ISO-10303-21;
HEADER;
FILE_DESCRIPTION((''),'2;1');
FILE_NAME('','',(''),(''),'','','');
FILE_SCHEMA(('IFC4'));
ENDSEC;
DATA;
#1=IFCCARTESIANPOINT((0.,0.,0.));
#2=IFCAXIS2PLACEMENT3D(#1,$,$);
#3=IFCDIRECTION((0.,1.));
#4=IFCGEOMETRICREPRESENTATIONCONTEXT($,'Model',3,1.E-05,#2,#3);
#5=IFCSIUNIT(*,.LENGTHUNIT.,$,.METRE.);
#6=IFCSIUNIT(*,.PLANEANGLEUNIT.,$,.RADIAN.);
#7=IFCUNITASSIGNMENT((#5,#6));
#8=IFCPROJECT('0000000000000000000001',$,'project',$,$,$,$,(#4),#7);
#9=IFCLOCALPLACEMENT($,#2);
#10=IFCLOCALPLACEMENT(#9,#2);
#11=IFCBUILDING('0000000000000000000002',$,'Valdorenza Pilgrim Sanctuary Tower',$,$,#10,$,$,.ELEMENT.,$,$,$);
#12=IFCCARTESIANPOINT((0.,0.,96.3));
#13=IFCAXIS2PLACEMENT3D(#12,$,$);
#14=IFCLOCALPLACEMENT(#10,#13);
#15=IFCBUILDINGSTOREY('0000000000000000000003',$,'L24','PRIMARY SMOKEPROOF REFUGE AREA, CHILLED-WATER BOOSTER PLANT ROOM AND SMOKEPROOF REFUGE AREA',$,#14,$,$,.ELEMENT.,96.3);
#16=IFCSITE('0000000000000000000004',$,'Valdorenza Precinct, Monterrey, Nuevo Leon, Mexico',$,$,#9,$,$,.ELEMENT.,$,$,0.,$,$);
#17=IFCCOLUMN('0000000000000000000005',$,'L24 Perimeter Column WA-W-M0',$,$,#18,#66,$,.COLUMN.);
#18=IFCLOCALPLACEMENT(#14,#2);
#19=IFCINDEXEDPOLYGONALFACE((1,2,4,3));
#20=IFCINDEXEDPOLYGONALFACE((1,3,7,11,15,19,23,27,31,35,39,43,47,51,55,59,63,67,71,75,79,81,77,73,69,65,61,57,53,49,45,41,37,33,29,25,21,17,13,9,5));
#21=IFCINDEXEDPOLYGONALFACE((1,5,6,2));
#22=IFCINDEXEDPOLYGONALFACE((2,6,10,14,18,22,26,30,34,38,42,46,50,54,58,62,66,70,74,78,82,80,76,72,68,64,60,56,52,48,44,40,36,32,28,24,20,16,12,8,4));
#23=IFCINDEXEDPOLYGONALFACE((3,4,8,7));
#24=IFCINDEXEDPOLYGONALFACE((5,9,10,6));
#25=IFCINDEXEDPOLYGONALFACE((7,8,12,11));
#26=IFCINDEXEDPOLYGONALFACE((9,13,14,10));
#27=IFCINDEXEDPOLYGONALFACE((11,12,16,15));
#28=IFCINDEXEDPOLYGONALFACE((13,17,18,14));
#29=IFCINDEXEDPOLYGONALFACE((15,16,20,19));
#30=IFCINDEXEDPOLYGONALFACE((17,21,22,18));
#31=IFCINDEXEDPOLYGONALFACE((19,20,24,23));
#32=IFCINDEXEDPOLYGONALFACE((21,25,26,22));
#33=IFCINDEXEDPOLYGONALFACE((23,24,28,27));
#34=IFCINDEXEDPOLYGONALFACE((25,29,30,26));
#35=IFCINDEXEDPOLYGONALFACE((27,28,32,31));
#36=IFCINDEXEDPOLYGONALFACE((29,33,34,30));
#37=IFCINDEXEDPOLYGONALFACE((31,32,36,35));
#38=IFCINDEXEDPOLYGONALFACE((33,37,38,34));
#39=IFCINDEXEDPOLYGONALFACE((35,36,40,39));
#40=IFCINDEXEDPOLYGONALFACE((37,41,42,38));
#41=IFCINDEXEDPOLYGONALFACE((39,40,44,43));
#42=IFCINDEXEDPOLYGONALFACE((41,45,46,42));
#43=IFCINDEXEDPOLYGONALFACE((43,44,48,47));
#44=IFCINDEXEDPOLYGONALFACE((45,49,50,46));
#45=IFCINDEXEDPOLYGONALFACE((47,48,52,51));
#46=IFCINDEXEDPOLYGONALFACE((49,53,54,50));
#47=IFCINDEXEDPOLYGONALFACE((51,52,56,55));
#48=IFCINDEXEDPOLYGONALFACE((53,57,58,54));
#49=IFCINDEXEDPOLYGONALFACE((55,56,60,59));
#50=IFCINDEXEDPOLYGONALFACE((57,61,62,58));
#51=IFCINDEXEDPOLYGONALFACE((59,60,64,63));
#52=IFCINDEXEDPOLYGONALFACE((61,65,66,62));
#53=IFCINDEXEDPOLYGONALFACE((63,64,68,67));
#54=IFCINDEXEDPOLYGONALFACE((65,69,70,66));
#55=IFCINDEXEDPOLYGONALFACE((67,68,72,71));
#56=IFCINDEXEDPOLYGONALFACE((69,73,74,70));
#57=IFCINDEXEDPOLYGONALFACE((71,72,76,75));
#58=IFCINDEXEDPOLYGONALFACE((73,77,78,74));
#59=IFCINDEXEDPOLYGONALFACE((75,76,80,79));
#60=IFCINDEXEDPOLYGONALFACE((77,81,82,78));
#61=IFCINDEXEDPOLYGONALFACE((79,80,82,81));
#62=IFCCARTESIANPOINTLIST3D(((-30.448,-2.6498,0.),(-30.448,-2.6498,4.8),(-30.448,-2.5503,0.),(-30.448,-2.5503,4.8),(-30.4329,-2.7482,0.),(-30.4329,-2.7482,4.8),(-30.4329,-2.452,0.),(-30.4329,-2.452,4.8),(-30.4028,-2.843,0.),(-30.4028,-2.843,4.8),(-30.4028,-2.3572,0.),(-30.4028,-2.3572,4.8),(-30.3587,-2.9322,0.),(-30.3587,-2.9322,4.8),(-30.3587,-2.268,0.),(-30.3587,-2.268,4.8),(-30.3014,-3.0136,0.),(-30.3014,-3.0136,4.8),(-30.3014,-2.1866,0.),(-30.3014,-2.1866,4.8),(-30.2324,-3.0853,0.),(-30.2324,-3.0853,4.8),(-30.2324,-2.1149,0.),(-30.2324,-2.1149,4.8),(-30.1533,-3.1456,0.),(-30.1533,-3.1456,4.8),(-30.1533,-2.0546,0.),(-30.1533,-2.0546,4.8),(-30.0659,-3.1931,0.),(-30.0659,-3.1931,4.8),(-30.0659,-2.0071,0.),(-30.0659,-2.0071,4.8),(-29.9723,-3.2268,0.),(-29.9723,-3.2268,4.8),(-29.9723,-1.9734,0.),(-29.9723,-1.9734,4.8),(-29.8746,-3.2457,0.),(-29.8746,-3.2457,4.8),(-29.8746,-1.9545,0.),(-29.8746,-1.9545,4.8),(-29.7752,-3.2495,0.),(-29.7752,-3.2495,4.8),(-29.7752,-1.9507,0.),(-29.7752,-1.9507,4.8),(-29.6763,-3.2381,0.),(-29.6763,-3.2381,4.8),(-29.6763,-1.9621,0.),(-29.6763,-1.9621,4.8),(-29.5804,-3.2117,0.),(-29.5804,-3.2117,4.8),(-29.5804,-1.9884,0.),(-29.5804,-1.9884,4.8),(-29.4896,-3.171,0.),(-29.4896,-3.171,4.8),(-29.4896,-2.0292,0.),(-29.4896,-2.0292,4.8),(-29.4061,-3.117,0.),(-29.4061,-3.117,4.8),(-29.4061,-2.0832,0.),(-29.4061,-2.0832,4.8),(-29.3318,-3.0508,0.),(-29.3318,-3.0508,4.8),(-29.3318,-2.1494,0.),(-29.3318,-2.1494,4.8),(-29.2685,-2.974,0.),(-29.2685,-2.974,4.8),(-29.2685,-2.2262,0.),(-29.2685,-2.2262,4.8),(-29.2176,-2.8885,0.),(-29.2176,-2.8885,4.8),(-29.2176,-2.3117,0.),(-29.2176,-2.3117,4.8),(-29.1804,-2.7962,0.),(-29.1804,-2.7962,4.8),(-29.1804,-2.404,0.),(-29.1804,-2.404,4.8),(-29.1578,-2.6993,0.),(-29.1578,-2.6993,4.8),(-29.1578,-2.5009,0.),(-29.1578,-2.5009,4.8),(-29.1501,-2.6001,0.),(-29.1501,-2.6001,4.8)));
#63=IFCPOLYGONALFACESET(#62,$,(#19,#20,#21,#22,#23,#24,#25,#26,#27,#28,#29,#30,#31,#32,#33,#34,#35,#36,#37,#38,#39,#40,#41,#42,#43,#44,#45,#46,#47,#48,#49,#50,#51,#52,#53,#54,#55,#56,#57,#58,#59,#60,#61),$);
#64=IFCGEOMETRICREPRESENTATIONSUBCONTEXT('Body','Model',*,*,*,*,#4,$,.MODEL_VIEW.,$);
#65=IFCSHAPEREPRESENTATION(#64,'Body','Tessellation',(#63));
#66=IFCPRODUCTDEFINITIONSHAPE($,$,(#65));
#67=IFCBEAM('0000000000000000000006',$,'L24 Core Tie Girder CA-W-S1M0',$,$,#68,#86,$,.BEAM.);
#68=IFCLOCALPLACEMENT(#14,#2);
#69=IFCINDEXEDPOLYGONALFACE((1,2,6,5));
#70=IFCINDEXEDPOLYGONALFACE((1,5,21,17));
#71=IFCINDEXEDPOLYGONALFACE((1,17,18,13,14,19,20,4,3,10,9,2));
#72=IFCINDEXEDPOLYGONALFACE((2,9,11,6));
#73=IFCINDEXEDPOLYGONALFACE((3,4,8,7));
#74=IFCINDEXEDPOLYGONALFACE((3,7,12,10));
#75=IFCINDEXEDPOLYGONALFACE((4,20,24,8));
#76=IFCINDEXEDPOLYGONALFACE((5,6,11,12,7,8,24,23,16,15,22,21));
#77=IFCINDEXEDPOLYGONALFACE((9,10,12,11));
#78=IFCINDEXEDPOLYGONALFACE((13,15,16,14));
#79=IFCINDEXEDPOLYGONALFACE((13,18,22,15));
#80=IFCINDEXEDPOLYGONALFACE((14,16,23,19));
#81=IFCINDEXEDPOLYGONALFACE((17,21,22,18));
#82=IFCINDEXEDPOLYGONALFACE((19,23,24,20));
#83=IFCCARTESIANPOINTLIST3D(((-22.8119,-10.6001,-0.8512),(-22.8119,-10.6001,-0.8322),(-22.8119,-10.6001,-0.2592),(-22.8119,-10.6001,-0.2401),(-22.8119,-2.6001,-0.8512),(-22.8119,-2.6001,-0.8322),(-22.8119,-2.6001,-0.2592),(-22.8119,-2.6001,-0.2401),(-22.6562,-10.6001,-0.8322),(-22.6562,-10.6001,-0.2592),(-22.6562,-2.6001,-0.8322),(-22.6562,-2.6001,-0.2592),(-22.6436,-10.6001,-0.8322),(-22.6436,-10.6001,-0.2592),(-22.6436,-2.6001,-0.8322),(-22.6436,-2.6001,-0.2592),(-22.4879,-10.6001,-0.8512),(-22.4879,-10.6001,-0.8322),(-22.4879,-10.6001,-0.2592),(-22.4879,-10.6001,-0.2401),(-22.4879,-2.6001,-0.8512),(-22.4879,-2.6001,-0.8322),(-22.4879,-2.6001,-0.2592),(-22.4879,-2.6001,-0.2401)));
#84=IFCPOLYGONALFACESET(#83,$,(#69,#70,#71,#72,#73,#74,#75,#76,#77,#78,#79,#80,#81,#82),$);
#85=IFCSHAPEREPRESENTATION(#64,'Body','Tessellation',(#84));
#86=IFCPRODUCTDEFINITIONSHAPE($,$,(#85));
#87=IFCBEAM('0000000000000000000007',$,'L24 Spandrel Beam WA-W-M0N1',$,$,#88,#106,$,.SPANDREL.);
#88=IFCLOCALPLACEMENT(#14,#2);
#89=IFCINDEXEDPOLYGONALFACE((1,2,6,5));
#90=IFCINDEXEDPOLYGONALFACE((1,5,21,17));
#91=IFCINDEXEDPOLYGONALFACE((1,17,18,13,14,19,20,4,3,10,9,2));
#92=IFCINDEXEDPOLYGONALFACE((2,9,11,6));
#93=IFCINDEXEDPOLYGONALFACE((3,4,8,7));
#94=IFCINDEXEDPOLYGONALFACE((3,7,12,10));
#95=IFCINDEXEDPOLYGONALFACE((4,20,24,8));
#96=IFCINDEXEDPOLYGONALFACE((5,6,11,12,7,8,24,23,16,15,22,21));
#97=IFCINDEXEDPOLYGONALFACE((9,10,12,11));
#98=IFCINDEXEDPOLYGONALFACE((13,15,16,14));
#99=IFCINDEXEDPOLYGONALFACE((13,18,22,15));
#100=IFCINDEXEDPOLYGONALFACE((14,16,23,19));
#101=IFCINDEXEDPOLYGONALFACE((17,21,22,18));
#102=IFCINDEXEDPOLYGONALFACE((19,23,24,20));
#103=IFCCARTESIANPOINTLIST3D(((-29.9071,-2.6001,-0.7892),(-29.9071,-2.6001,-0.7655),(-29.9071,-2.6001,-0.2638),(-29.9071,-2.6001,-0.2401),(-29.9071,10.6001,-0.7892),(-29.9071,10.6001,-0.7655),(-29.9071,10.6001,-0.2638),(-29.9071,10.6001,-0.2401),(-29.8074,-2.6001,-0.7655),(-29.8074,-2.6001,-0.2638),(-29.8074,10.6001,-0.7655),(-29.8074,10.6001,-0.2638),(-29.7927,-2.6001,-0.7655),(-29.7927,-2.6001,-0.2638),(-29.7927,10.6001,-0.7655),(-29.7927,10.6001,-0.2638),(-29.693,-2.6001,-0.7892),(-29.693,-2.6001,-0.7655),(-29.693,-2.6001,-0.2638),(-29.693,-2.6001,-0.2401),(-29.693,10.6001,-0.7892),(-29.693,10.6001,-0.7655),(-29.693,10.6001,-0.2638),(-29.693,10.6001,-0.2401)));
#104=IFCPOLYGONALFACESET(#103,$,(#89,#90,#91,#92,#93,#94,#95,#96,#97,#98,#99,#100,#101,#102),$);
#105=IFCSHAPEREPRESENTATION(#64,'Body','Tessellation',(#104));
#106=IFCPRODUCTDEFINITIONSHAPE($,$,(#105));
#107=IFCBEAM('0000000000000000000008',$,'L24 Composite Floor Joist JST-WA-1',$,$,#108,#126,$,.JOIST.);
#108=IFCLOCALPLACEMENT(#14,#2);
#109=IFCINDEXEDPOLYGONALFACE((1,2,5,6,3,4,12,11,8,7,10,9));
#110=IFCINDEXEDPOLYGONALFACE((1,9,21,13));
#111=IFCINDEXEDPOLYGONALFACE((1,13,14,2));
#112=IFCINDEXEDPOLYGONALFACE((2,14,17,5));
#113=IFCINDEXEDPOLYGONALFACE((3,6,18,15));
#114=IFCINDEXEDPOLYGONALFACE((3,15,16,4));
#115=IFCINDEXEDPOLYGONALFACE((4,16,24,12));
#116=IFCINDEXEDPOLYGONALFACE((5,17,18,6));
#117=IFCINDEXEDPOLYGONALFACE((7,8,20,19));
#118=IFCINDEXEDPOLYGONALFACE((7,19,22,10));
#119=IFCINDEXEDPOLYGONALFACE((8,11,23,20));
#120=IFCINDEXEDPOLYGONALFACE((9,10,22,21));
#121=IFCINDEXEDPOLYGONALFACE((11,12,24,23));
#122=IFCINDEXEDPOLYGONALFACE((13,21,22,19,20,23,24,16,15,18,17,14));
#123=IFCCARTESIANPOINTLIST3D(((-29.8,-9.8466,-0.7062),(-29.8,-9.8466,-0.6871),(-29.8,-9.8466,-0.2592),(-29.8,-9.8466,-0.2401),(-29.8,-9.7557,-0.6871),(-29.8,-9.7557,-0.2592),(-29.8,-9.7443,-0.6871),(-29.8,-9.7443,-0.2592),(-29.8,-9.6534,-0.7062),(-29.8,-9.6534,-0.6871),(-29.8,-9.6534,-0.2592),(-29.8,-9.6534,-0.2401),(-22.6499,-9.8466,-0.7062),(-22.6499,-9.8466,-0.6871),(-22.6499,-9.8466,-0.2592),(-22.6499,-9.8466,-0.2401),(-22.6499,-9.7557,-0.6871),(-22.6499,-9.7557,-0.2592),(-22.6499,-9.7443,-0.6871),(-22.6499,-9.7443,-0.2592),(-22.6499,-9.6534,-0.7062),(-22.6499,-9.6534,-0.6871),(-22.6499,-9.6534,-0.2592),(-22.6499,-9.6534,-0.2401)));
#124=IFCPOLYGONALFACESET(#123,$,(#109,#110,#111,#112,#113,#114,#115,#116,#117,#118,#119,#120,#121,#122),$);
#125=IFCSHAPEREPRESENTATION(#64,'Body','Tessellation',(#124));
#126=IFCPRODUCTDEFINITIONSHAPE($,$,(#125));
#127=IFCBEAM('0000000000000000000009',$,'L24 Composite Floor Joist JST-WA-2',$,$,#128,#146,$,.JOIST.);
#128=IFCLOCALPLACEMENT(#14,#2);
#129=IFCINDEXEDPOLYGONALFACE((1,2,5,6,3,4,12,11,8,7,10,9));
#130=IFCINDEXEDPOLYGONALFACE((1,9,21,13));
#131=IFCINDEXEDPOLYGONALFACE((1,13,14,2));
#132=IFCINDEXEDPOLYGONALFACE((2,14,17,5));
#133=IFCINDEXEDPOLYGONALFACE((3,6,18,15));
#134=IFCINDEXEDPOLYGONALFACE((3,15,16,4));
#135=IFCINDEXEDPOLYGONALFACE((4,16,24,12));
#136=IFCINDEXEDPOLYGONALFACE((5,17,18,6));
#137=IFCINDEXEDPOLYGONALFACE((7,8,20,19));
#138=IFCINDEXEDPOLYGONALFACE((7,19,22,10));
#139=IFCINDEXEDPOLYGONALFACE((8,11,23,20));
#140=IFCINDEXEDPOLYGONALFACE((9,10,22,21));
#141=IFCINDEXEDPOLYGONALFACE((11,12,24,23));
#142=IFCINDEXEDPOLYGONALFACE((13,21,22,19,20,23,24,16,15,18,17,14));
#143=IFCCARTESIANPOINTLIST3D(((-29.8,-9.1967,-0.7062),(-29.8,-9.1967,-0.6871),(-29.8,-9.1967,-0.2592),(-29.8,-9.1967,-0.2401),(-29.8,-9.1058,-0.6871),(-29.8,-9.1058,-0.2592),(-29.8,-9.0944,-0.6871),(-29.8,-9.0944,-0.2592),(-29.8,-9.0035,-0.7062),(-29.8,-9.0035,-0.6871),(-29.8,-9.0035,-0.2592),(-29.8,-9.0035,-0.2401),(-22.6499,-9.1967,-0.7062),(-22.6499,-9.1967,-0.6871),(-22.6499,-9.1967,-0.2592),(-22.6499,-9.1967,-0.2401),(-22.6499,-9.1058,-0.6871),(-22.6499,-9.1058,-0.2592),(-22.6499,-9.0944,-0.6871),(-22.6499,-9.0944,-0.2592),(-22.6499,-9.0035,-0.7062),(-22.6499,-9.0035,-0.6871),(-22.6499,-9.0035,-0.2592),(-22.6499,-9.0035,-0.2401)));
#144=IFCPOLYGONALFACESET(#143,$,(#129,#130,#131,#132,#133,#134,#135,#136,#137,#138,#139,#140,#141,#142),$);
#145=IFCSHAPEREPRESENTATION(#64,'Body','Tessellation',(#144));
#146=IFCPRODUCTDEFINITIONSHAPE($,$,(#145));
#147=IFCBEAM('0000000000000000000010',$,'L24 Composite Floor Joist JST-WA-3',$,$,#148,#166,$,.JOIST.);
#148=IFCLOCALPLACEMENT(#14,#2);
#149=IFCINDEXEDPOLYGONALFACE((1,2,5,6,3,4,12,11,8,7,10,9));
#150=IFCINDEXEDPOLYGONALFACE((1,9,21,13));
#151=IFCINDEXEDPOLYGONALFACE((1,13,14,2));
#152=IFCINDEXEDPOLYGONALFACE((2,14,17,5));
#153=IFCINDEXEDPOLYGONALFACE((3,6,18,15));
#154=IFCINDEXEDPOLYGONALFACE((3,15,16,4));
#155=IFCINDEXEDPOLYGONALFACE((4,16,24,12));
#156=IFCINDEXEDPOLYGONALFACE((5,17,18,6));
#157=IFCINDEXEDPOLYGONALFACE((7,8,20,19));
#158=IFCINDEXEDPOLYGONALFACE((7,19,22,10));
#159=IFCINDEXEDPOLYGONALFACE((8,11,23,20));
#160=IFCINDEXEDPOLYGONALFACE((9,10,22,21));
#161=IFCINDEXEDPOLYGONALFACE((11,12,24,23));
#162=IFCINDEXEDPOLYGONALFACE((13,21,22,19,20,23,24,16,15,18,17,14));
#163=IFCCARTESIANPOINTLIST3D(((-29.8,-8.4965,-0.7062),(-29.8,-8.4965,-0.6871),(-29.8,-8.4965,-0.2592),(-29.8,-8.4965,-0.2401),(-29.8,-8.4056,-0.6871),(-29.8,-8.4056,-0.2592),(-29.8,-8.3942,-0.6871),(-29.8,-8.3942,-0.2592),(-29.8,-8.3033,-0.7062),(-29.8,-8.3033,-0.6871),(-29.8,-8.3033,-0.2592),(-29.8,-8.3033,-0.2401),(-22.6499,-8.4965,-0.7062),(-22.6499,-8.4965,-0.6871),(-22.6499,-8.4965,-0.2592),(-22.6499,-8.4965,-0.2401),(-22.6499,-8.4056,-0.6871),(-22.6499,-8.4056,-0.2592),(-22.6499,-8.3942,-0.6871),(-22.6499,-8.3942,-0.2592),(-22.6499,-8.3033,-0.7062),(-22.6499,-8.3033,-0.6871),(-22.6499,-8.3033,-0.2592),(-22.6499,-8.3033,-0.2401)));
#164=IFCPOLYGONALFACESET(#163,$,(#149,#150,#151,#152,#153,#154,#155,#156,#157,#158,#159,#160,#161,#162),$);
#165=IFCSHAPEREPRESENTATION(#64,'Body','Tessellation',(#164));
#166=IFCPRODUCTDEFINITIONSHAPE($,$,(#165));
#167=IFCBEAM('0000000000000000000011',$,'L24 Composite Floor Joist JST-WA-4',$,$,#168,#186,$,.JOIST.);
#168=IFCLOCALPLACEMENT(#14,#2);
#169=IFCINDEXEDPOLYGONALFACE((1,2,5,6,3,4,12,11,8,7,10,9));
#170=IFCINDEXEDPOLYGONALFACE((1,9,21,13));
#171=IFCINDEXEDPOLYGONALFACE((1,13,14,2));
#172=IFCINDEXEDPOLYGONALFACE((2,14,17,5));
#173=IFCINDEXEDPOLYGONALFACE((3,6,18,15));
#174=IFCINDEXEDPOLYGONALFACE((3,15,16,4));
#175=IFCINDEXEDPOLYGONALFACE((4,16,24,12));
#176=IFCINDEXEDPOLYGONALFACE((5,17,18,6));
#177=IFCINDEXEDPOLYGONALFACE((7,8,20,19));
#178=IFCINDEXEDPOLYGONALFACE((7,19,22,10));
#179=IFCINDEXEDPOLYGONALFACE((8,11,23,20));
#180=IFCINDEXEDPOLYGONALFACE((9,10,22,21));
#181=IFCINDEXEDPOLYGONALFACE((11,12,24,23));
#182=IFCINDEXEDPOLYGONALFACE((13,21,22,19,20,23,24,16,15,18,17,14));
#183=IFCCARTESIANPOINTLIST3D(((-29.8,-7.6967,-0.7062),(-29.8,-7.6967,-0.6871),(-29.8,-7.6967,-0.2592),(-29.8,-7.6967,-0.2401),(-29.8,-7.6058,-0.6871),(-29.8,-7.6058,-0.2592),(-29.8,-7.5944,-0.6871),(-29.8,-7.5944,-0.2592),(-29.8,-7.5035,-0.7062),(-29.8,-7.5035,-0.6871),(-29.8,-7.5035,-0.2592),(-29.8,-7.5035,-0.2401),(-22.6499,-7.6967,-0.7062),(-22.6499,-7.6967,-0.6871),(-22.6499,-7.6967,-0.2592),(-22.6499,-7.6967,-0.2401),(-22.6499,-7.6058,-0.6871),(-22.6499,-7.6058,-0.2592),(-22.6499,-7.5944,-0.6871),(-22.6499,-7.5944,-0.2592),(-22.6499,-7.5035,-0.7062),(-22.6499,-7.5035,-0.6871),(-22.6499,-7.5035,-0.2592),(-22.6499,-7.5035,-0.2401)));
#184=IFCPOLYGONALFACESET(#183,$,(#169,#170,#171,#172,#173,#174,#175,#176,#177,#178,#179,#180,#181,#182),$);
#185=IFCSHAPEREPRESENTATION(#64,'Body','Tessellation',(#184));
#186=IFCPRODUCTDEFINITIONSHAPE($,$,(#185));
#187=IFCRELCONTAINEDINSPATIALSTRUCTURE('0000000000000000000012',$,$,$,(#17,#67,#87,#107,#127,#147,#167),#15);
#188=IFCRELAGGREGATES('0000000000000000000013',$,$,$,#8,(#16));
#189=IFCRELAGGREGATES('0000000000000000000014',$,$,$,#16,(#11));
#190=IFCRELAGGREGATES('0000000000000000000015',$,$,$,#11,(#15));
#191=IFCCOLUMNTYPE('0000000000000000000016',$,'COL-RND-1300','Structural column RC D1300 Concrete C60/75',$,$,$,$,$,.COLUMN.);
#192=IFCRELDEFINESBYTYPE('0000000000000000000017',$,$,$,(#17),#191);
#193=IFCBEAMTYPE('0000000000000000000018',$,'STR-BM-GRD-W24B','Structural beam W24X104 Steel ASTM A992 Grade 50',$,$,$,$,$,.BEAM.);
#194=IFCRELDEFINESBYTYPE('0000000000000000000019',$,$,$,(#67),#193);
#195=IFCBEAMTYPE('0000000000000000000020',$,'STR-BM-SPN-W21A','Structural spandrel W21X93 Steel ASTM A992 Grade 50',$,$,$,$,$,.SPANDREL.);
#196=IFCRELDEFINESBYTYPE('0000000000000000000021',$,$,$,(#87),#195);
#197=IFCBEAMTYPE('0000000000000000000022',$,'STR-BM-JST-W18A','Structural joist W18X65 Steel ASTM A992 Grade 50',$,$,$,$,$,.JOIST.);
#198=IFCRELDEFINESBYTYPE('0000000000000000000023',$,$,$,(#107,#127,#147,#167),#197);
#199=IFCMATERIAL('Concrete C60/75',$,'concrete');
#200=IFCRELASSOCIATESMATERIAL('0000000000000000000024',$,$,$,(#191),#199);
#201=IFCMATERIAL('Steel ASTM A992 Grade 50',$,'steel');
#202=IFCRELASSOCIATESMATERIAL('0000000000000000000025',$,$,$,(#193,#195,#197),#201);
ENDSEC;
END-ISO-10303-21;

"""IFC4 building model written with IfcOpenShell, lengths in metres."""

from ifc_helpers import new_model, si_unit, direction, frame, origin, origin_2d, place, context, subcontext, project, spatial, circle, i_section, extrude, source, transform, mapped, material, material_profile, profile_set, type_object, element, save


model = new_model("IFC4")

# Units and contexts
model_context = context("Model", 3, precision=1e-05, world=origin(), true_north=direction((0.0, 1.0)))
body_context = subcontext(model_context, "Body", "Model", "MODEL_VIEW")
ifc_project = project(units=[si_unit("LENGTHUNIT", "METRE"), si_unit("PLANEANGLEUNIT", "RADIAN")], contexts=[model_context])

# Site, building, storey
site_placement = place(None, origin())
site = spatial("IfcSite", under=ifc_project, at=site_placement, Name="Valdorenza Precinct, Monterrey, Nuevo Leon, Mexico", CompositionType="ELEMENT", RefElevation=0.0)
building_placement = place(site_placement, origin())
building = spatial("IfcBuilding", under=site, at=building_placement, Name="Valdorenza Pilgrim Sanctuary Tower", CompositionType="ELEMENT")
storey_placement = place(building_placement, frame((0.0, 0.0, 96.3)))
storey = spatial("IfcBuildingStorey", under=building, at=storey_placement, Name="L24", Description="PRIMARY SMOKEPROOF REFUGE AREA, CHILLED-WATER BOOSTER PLANT ROOM AND SMOKEPROOF REFUGE AREA", CompositionType="ELEMENT", Elevation=96.3)

# Column
ifc_material_1 = material(Name="Concrete C60/75", Category="concrete")
ifc_material_profile_1 = material_profile(ifc_material_1, circle(Radius=0.6499, at=origin_2d()), Name="RC D1300")
ifc_profile_set_1 = profile_set([ifc_material_profile_1], Name="Concrete C60/75")
column_type = type_object("IfcColumnType", Name="COL-RND-1300", Description="Structural column RC D1300 Concrete C60/75", PredefinedType="COLUMN", material=ifc_profile_set_1)
shared_shape_1 = source(origin(), body_context, "Body", "SweptSolid", [
    extrude(circle(Radius=0.6499, at=origin_2d()), origin(), (0.0, 0.0, 1.0), 4.8),
])
column_placement = place(storey_placement, frame((-29.8, -2.6001, 0.0), z_axis=(0.0, 0.0, 1.0), x_axis=(1.0, 0.0, 0.0)))
element("IfcColumn", 1, at=column_placement, inside=storey, type_object=column_type, Name="L24 Perimeter Column WA-W-M0", PredefinedType="COLUMN", context=body_context, shape_type="MappedRepresentation", body=[
    mapped(shared_shape_1, transform((0.0, 0.0, 0.0), x_axis=(1.0, 0.0, 0.0), y_axis=(0.0, 1.0, 0.0), z_axis=(0.0, 0.0, 1.0), scale=1.0)),
])

# Beams
ifc_material_2 = material(Name="Steel ASTM A992 Grade 50", Category="steel")
ifc_material_profile_2 = material_profile(ifc_material_2, i_section(OverallWidth=0.324, OverallDepth=0.6111, WebThickness=0.0127, FlangeThickness=0.019, at=origin_2d()), Name="W24X104")
ifc_profile_set_2 = profile_set([ifc_material_profile_2], Name="Steel ASTM A992 Grade 50")
beam_type_1 = type_object("IfcBeamType", Name="STR-BM-GRD-W24B", Description="Structural beam W24X104 Steel ASTM A992 Grade 50", PredefinedType="BEAM", material=ifc_profile_set_2)
shared_shape_2 = source(origin(), body_context, "Body", "SweptSolid", [
    extrude(i_section(OverallWidth=0.324, OverallDepth=0.6111, WebThickness=0.0127, FlangeThickness=0.019, at=origin_2d()), origin(), (0.0, 0.0, 1.0), 8.0),
])
beam_1_placement = place(storey_placement, frame((-22.6499, -10.6001, -0.5457), z_axis=(0.0, 1.0, 0.0), x_axis=(-1.0, 0.0, 0.0)))
element("IfcBeam", 2, at=beam_1_placement, inside=storey, type_object=beam_type_1, Name="L24 Core Tie Girder CA-W-S1M0", PredefinedType="BEAM", context=body_context, shape_type="MappedRepresentation", body=[
    mapped(shared_shape_2, transform((0.0, 0.0, 0.0), x_axis=(1.0, 0.0, 0.0), y_axis=(0.0, 1.0, 0.0), z_axis=(0.0, 0.0, 1.0), scale=1.0)),
])
ifc_material_profile_3 = material_profile(ifc_material_2, i_section(OverallWidth=0.2141, OverallDepth=0.5491, WebThickness=0.0146, FlangeThickness=0.0237, at=origin_2d()), Name="W21X93")
ifc_profile_set_3 = profile_set([ifc_material_profile_3], Name="Steel ASTM A992 Grade 50")
beam_type_2 = type_object("IfcBeamType", Name="STR-BM-SPN-W21A", Description="Structural spandrel W21X93 Steel ASTM A992 Grade 50", PredefinedType="SPANDREL", material=ifc_profile_set_3)
shared_shape_3 = source(origin(), body_context, "Body", "SweptSolid", [
    extrude(i_section(OverallWidth=0.2141, OverallDepth=0.5491, WebThickness=0.0146, FlangeThickness=0.0237, at=origin_2d()), origin(), (0.0, 0.0, 1.0), 13.2002),
])
beam_2_placement = place(storey_placement, frame((-29.8, -2.6001, -0.5146), z_axis=(0.0, 1.0, 0.0), x_axis=(-1.0, 0.0, 0.0)))
element("IfcBeam", 3, at=beam_2_placement, inside=storey, type_object=beam_type_2, Name="L24 Spandrel Beam WA-W-M0N1", PredefinedType="SPANDREL", context=body_context, shape_type="MappedRepresentation", body=[
    mapped(shared_shape_3, transform((0.0, 0.0, 0.0), x_axis=(1.0, 0.0, 0.0), y_axis=(0.0, 1.0, 0.0), z_axis=(0.0, 0.0, 1.0), scale=1.0)),
])
ifc_material_profile_4 = material_profile(ifc_material_2, i_section(OverallWidth=0.1931, OverallDepth=0.4661, WebThickness=0.0115, FlangeThickness=0.019, at=origin_2d()), Name="W18X65")
ifc_profile_set_4 = profile_set([ifc_material_profile_4], Name="Steel ASTM A992 Grade 50")
beam_type_3 = type_object("IfcBeamType", Name="STR-BM-JST-W18A", Description="Structural joist W18X65 Steel ASTM A992 Grade 50", PredefinedType="JOIST", material=ifc_profile_set_4)
shared_shape_4 = source(origin(), body_context, "Body", "SweptSolid", [
    extrude(i_section(OverallWidth=0.1931, OverallDepth=0.4661, WebThickness=0.0115, FlangeThickness=0.019, at=origin_2d()), origin(), (0.0, 0.0, 1.0), 7.1501),
])
for number, where, z_axis, x_axis, name in (
    (4, (-29.8, -9.75, -0.4731), (1.0, 0.0, 0.0), (0.0, 1.0, 0.0), "L24 Composite Floor Joist JST-WA-1"),
    (5, (-29.8, -9.1001, -0.4731), (1.0, 0.0, 0.0), (0.0, 1.0, 0.0), "L24 Composite Floor Joist JST-WA-2"),
    (6, (-29.8, -8.3999, -0.4731), (1.0, 0.0, 0.0), (0.0, 1.0, 0.0), "L24 Composite Floor Joist JST-WA-3"),
    (7, (-29.8, -7.6001, -0.4731), (1.0, 0.0, 0.0), (0.0, 1.0, 0.0), "L24 Composite Floor Joist JST-WA-4"),
):
    element("IfcBeam", number, at=place(storey_placement, frame(where, z_axis=z_axis, x_axis=x_axis)), inside=storey, type_object=beam_type_3, Name=name, PredefinedType="JOIST", context=body_context, shape_type="MappedRepresentation", body=[
        mapped(shared_shape_4, transform((0.0, 0.0, 0.0), x_axis=(1.0, 0.0, 0.0), y_axis=(0.0, 1.0, 0.0), z_axis=(0.0, 0.0, 1.0), scale=1.0)),
    ])

save(model, "model.ifc")
